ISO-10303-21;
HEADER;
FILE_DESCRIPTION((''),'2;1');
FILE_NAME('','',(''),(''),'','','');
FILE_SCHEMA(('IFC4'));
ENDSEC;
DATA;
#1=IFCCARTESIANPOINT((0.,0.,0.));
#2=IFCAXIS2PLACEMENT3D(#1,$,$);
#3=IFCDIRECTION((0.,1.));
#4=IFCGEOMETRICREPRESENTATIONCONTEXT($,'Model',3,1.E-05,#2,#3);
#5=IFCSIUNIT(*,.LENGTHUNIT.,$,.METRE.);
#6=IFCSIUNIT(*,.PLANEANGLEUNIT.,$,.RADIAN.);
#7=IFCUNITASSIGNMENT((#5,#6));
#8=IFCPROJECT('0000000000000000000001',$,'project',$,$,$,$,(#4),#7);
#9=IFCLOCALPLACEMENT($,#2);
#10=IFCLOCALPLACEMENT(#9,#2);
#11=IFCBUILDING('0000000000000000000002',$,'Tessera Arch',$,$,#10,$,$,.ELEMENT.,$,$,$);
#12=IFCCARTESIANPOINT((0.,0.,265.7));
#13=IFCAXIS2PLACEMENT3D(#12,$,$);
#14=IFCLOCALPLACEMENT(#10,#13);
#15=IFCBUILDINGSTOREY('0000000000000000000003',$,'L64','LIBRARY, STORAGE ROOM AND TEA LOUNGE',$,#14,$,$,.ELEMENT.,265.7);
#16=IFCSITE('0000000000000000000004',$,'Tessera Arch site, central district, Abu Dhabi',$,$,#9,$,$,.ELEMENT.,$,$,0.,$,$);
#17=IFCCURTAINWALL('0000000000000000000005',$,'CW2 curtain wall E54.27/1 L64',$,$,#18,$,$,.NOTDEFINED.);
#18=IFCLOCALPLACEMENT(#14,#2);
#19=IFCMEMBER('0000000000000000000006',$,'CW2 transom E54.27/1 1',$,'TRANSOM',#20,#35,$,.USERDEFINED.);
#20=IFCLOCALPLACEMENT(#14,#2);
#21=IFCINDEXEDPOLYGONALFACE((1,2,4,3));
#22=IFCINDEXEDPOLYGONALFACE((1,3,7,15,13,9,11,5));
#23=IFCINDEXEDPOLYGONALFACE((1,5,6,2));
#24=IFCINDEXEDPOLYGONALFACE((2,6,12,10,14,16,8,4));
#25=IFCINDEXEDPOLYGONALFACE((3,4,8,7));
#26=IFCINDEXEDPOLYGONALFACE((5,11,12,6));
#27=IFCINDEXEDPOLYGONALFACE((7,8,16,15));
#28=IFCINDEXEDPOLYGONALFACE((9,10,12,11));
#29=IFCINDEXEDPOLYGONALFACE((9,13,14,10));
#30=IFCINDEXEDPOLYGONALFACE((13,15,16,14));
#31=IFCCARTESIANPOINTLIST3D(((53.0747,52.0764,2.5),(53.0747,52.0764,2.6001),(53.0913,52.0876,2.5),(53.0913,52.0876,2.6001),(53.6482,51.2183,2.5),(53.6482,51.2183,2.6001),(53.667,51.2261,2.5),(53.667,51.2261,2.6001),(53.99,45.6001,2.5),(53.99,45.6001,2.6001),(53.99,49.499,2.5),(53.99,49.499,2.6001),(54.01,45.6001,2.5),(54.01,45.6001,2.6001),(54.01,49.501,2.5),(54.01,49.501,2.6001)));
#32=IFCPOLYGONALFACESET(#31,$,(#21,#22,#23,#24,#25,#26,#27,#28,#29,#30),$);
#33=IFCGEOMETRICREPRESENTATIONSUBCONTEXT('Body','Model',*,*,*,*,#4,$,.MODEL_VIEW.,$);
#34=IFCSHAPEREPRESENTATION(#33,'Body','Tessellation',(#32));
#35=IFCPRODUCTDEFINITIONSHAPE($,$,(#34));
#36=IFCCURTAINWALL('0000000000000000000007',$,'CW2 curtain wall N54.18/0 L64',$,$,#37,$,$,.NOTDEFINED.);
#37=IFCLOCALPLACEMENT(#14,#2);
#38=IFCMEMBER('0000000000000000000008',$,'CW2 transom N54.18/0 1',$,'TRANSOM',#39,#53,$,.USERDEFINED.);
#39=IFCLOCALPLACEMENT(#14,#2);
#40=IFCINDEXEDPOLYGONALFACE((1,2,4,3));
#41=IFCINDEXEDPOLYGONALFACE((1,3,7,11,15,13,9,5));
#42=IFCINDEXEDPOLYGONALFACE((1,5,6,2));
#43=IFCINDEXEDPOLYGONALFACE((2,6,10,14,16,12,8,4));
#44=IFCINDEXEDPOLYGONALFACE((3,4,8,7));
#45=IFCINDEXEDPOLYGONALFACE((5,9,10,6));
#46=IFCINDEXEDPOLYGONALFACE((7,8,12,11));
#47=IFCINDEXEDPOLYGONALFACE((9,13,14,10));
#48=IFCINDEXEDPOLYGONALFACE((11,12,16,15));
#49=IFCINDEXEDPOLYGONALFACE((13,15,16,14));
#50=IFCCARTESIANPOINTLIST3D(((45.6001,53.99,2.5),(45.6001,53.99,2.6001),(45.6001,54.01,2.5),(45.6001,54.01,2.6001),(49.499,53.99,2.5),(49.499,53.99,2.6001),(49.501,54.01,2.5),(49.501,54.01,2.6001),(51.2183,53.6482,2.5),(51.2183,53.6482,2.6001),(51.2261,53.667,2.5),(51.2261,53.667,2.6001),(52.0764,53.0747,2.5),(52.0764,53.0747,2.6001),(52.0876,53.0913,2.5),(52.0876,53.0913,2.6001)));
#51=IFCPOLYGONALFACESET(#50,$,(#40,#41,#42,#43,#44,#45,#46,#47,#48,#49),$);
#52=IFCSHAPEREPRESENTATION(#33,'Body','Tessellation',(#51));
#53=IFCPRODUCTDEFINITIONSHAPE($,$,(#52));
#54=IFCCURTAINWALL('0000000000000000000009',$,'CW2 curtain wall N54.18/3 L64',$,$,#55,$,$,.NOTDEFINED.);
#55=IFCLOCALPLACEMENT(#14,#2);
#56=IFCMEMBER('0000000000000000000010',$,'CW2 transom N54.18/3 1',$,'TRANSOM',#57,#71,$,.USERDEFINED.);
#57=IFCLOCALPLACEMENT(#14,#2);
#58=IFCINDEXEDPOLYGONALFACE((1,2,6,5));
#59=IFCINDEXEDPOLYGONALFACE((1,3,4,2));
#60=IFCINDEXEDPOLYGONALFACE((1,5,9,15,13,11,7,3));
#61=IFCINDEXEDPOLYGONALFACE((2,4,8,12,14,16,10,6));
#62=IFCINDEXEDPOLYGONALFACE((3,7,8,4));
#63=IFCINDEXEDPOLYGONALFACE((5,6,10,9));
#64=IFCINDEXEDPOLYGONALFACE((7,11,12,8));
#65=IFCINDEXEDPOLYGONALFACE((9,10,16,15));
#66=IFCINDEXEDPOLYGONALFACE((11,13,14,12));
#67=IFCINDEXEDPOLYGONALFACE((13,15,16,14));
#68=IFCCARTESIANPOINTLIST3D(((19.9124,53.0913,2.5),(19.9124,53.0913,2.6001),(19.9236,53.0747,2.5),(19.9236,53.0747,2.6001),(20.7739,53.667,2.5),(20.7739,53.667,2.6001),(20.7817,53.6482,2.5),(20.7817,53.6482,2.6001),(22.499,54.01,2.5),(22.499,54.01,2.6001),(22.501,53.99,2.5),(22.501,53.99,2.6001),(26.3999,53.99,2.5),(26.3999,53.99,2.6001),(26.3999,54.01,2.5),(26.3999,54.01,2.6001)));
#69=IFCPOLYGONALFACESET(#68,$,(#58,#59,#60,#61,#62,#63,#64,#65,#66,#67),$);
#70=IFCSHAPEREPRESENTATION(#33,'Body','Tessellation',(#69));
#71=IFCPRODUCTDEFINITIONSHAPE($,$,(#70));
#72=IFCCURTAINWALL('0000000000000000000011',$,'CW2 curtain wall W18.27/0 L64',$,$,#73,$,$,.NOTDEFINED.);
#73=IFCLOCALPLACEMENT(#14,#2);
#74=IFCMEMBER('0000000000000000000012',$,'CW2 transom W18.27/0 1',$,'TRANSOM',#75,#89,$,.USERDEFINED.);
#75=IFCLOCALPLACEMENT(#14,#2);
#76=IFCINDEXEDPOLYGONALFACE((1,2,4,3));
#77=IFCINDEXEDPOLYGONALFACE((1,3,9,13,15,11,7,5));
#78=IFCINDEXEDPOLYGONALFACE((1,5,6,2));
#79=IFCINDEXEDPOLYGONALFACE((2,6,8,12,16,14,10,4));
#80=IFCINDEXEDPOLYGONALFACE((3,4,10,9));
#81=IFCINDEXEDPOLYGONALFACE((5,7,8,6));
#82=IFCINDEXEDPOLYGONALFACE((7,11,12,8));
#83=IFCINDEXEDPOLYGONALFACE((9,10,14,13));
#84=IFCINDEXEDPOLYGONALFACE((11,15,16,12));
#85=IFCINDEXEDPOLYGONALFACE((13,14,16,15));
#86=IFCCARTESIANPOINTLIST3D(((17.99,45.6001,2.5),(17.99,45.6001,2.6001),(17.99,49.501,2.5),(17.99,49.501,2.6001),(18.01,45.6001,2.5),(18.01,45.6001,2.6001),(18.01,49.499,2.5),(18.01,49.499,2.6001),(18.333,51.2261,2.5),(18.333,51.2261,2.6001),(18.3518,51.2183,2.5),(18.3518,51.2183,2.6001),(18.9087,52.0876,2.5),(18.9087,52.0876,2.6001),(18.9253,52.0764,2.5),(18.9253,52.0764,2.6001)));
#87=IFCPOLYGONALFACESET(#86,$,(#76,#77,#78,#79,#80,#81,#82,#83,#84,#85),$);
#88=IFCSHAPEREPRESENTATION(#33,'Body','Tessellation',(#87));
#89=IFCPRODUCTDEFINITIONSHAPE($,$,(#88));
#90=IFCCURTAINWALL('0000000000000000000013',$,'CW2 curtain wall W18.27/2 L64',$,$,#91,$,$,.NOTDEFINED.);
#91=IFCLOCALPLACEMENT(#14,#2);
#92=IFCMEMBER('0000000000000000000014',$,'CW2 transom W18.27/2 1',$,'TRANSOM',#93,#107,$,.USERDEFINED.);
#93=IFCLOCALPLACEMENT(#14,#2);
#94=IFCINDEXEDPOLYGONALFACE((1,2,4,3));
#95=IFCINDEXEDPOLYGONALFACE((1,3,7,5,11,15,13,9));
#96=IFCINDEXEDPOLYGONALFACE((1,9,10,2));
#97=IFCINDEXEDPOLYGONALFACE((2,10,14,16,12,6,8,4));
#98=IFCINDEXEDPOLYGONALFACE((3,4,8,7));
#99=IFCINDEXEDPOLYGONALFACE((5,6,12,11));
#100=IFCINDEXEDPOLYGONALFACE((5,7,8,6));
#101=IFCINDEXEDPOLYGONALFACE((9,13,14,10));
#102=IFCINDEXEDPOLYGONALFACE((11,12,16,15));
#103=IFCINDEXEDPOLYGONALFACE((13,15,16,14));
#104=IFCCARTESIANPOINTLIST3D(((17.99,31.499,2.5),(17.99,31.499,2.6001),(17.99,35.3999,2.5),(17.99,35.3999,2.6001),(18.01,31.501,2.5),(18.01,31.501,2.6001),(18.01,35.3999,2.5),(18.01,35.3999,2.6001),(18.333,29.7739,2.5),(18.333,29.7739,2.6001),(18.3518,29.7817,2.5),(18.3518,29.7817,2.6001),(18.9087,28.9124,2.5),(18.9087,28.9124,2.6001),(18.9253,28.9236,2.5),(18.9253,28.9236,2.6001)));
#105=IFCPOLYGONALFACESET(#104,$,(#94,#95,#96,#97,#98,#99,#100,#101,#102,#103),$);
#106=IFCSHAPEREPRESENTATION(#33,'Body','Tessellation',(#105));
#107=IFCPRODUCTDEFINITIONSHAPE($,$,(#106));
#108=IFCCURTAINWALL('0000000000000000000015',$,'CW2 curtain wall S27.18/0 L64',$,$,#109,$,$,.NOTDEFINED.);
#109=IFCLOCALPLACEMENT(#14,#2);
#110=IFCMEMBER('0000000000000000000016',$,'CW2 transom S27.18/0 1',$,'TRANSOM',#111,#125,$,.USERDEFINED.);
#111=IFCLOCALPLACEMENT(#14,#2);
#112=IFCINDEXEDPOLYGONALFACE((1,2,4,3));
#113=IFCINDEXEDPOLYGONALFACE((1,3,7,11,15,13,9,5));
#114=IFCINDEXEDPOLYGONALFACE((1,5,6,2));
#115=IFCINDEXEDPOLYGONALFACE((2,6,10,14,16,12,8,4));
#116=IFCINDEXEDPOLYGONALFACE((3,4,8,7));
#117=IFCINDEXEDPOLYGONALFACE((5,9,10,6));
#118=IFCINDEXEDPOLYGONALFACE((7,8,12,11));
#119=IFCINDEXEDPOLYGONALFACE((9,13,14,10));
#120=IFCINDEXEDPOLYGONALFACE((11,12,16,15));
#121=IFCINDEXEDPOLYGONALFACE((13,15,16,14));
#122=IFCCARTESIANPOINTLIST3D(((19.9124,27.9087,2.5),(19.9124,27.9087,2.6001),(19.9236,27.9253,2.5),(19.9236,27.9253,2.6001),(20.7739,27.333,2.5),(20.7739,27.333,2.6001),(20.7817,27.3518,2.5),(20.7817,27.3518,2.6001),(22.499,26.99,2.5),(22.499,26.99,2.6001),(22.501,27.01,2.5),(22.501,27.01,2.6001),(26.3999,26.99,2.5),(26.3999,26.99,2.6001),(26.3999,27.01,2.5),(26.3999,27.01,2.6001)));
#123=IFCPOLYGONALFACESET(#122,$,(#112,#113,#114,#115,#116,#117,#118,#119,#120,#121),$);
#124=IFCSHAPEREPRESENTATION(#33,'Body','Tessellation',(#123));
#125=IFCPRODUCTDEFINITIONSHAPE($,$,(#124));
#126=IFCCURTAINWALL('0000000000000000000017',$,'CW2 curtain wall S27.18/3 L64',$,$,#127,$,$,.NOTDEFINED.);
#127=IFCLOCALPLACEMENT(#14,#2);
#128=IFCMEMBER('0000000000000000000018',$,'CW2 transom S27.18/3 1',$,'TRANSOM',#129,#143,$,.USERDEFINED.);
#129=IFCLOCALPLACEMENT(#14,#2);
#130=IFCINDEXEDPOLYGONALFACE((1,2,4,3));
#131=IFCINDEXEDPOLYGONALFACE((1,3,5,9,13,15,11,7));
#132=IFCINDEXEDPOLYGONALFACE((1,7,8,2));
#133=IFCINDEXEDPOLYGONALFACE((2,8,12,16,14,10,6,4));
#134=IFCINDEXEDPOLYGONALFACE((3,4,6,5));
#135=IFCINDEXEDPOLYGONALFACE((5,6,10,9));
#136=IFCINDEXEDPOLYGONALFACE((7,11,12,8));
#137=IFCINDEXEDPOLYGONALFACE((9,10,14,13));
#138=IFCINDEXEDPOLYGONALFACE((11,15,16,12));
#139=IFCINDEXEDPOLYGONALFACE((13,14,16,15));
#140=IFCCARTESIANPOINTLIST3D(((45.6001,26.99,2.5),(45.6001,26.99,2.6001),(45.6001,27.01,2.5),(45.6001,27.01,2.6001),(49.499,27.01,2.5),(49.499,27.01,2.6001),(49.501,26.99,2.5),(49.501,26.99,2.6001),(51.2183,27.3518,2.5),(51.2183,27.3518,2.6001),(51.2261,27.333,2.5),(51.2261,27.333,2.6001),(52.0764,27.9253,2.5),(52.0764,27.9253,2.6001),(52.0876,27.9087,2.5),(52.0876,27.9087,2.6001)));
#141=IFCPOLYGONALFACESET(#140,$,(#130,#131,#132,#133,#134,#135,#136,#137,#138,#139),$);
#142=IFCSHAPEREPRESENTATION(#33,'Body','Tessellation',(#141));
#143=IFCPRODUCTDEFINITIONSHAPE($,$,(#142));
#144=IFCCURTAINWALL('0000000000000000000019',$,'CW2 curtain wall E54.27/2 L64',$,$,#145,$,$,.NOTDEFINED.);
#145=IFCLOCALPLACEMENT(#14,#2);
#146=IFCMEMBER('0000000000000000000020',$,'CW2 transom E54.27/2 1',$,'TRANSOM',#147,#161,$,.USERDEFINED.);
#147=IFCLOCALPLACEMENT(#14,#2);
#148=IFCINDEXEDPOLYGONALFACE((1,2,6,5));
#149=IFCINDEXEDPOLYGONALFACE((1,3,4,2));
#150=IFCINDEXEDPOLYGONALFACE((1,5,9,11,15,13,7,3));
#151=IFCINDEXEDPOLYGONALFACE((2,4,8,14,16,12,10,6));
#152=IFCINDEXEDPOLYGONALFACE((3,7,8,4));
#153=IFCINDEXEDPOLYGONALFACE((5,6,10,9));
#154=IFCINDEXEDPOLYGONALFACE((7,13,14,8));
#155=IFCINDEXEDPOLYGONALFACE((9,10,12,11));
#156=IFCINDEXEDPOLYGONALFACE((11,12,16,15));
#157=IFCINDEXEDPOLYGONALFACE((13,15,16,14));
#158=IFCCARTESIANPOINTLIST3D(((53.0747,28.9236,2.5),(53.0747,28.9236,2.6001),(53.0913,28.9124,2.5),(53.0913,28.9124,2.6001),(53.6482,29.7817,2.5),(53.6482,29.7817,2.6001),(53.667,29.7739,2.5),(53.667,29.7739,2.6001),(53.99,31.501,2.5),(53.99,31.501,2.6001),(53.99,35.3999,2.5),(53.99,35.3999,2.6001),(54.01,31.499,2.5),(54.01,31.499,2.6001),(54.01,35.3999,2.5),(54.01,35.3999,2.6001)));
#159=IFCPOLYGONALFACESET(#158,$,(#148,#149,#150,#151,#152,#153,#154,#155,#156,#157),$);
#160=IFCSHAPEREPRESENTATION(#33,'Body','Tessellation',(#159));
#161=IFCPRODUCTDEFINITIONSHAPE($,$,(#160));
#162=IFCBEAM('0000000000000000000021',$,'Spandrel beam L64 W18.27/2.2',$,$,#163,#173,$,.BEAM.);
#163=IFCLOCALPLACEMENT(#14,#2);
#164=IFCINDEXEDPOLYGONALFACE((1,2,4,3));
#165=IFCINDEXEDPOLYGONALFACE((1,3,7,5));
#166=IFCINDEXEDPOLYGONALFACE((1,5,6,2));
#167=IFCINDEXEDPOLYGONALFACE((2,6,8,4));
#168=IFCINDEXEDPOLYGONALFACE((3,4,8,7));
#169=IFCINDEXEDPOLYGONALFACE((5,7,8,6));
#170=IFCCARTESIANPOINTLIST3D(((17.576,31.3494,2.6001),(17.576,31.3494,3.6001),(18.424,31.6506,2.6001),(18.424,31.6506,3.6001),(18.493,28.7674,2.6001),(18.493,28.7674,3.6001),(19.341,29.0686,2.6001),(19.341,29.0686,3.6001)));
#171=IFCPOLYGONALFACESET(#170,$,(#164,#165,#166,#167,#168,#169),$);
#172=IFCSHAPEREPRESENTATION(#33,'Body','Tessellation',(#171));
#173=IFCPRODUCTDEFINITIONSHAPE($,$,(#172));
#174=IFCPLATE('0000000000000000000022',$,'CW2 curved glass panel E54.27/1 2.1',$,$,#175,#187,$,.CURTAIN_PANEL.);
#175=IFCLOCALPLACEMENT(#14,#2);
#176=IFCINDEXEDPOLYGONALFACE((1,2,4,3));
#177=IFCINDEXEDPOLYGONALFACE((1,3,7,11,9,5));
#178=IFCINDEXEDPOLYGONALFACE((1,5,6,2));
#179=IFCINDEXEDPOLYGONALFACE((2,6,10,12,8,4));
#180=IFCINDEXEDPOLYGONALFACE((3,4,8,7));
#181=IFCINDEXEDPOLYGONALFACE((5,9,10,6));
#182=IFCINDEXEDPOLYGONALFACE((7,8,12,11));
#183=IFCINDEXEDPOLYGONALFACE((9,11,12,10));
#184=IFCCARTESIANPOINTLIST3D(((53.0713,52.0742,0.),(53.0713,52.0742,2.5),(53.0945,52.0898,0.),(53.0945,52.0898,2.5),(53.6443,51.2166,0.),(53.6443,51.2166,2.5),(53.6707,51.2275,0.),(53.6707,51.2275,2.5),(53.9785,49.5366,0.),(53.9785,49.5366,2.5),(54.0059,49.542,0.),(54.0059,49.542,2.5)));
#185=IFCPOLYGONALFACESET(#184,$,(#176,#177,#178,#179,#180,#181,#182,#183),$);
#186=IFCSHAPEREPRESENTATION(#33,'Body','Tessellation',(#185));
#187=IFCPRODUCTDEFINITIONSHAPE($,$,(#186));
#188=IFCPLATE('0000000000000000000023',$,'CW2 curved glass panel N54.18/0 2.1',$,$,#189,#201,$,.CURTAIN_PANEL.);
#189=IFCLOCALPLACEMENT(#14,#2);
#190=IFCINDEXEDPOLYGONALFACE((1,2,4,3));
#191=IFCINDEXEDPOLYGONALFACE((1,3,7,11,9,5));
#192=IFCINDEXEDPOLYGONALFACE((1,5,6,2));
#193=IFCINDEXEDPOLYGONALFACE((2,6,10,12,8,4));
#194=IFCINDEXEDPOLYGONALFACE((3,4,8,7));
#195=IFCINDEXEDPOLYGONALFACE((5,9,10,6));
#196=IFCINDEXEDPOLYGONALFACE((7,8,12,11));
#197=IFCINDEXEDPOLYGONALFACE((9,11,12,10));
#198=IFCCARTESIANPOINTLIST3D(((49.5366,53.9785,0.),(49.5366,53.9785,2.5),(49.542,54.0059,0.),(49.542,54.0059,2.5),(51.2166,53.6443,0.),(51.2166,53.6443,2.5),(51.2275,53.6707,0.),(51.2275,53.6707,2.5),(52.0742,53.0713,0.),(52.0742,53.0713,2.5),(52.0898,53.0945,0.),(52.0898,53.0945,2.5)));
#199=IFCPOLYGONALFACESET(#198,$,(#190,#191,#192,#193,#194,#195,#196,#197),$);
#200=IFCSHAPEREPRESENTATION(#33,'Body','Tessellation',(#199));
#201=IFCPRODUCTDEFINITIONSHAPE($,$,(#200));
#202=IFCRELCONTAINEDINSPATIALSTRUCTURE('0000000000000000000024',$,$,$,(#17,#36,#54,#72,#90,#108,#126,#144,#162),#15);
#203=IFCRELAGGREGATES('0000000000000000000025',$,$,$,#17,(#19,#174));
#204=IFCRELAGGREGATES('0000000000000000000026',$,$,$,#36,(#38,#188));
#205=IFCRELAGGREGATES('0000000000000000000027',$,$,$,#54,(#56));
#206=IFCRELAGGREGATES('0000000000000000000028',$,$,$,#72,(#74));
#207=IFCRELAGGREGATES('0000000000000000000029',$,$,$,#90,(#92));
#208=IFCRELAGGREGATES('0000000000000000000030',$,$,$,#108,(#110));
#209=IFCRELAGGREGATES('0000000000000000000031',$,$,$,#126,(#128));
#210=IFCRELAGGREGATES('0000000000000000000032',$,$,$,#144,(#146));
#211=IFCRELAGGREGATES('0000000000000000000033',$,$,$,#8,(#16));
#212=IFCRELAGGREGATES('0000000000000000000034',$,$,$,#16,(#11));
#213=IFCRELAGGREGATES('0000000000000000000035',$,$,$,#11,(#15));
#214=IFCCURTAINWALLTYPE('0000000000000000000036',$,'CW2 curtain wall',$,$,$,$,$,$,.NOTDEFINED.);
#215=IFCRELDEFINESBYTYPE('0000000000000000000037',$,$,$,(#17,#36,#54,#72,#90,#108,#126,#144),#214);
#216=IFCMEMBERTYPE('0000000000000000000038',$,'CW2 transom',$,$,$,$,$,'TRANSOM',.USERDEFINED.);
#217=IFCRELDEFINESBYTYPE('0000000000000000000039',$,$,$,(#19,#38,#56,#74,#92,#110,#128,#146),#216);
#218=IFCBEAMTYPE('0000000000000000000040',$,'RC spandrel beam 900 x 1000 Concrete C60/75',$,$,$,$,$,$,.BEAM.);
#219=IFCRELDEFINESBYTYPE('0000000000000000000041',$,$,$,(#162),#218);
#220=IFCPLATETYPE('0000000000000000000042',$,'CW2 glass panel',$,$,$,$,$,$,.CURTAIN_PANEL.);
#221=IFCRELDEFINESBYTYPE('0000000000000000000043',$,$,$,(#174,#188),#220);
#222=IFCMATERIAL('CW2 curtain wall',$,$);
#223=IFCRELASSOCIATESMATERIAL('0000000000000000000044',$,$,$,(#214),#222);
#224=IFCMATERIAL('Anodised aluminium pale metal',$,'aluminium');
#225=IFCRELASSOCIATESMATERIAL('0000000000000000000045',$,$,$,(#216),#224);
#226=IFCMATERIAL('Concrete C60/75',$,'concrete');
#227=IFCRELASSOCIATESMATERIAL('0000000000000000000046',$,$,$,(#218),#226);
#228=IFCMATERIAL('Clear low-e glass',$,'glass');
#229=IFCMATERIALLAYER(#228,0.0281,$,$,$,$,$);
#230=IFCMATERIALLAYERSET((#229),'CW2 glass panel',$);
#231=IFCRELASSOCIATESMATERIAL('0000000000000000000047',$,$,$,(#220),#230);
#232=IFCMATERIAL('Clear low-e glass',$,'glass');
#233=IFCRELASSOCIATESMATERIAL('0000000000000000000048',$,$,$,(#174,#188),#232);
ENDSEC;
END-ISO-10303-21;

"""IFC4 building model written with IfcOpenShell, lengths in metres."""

from ifc_helpers import new_model, si_unit, direction, frame, origin, origin_2d, place, context, subcontext, project, spatial, polyline, rectangle, outline, extrude, material, layer, layer_set, material_profile, profile_set, type_object, element, aggregate, save


model = new_model("IFC4")

# Units and contexts
model_context = context("Model", 3, precision=1e-05, world=origin(), true_north=direction((0.0, 1.0)))
body_context = subcontext(model_context, "Body", "Model", "MODEL_VIEW")
ifc_project = project(units=[si_unit("LENGTHUNIT", "METRE"), si_unit("PLANEANGLEUNIT", "RADIAN")], contexts=[model_context])

# Site, building, storey
site_placement = place(None, origin())
site = spatial("IfcSite", under=ifc_project, at=site_placement, Name="Tessera Arch site, central district, Abu Dhabi", CompositionType="ELEMENT", RefElevation=0.0)
building_placement = place(site_placement, origin())
building = spatial("IfcBuilding", under=site, at=building_placement, Name="Tessera Arch", CompositionType="ELEMENT")
storey_placement = place(building_placement, frame((0.0, 0.0, 265.7)))
storey = spatial("IfcBuildingStorey", under=building, at=storey_placement, Name="L64", Description="LIBRARY, STORAGE ROOM AND TEA LOUNGE", CompositionType="ELEMENT", Elevation=265.7)

# Curtain walls, members
ifc_material_1 = material(Name="CW2 curtain wall")
curtain_wall_type = type_object("IfcCurtainWallType", Name="CW2 curtain wall", PredefinedType="NOTDEFINED", material=ifc_material_1)
curtain_wall_1_placement = place(storey_placement, origin())
curtain_wall_1 = element("IfcCurtainWall", 1, at=curtain_wall_1_placement, inside=storey, type_object=curtain_wall_type, Name="CW2 curtain wall E54.27/1 L64", PredefinedType="NOTDEFINED")
ifc_material_2 = material(Name="Anodised aluminium pale metal", Category="aluminium")
ifc_material_profile_1 = material_profile(ifc_material_2, rectangle(XDim=0.2, YDim=0.1001, at=origin_2d()), Name="AL 200x100")
ifc_profile_set_1 = profile_set([ifc_material_profile_1], Name="Anodised aluminium pale metal")
member_type = type_object("IfcMemberType", Name="CW2 transom", ElementType="TRANSOM", PredefinedType="USERDEFINED", material=ifc_profile_set_1)
member_1_placement = place(storey_placement, frame((0.0, 0.0, 2.5)))
member_1 = element("IfcMember", 2, at=member_1_placement, type_object=member_type, Name="CW2 transom E54.27/1 1", ObjectType="TRANSOM", PredefinedType="USERDEFINED", context=body_context, shape_type="SweptSolid", body=[
    extrude(outline(polyline([(53.99, 49.499), (53.99, 45.6001), (54.01, 45.6001), (54.01, 49.501), (53.667, 51.2261), (53.0913, 52.0876), (53.0747, 52.0764), (53.6482, 51.2183), (53.99, 49.499)])), origin(), (0.0, 0.0, 1.0), 0.1001),
])
curtain_wall_2_placement = place(storey_placement, origin())
curtain_wall_2 = element("IfcCurtainWall", 3, at=curtain_wall_2_placement, inside=storey, type_object=curtain_wall_type, Name="CW2 curtain wall N54.18/0 L64", PredefinedType="NOTDEFINED")
member_2_placement = place(storey_placement, frame((0.0, 0.0, 2.5)))
member_2 = element("IfcMember", 4, at=member_2_placement, type_object=member_type, Name="CW2 transom N54.18/0 1", ObjectType="TRANSOM", PredefinedType="USERDEFINED", context=body_context, shape_type="SweptSolid", body=[
    extrude(outline(polyline([(51.2183, 53.6482), (52.0764, 53.0747), (52.0876, 53.0913), (51.2261, 53.667), (49.501, 54.01), (45.6001, 54.01), (45.6001, 53.99), (49.499, 53.99), (51.2183, 53.6482)])), origin(), (0.0, 0.0, 1.0), 0.1001),
])
curtain_wall_3_placement = place(storey_placement, origin())
curtain_wall_3 = element("IfcCurtainWall", 5, at=curtain_wall_3_placement, inside=storey, type_object=curtain_wall_type, Name="CW2 curtain wall N54.18/3 L64", PredefinedType="NOTDEFINED")
member_3_placement = place(storey_placement, frame((0.0, 0.0, 2.5)))
member_3 = element("IfcMember", 6, at=member_3_placement, type_object=member_type, Name="CW2 transom N54.18/3 1", ObjectType="TRANSOM", PredefinedType="USERDEFINED", context=body_context, shape_type="SweptSolid", body=[
    extrude(outline(polyline([(22.501, 53.99), (26.3999, 53.99), (26.3999, 54.01), (22.499, 54.01), (20.7739, 53.667), (19.9124, 53.0913), (19.9236, 53.0747), (20.7817, 53.6482), (22.501, 53.99)])), origin(), (0.0, 0.0, 1.0), 0.1001),
])
curtain_wall_4_placement = place(storey_placement, origin())
curtain_wall_4 = element("IfcCurtainWall", 7, at=curtain_wall_4_placement, inside=storey, type_object=curtain_wall_type, Name="CW2 curtain wall W18.27/0 L64", PredefinedType="NOTDEFINED")
member_4_placement = place(storey_placement, frame((0.0, 0.0, 2.5)))
member_4 = element("IfcMember", 8, at=member_4_placement, type_object=member_type, Name="CW2 transom W18.27/0 1", ObjectType="TRANSOM", PredefinedType="USERDEFINED", context=body_context, shape_type="SweptSolid", body=[
    extrude(outline(polyline([(18.3518, 51.2183), (18.9253, 52.0764), (18.9087, 52.0876), (18.333, 51.2261), (17.99, 49.501), (17.99, 45.6001), (18.01, 45.6001), (18.01, 49.499), (18.3518, 51.2183)])), origin(), (0.0, 0.0, 1.0), 0.1001),
])
curtain_wall_5_placement = place(storey_placement, origin())
curtain_wall_5 = element("IfcCurtainWall", 9, at=curtain_wall_5_placement, inside=storey, type_object=curtain_wall_type, Name="CW2 curtain wall W18.27/2 L64", PredefinedType="NOTDEFINED")
member_5_placement = place(storey_placement, frame((0.0, 0.0, 2.5)))
member_5 = element("IfcMember", 10, at=member_5_placement, type_object=member_type, Name="CW2 transom W18.27/2 1", ObjectType="TRANSOM", PredefinedType="USERDEFINED", context=body_context, shape_type="SweptSolid", body=[
    extrude(outline(polyline([(18.01, 31.501), (18.01, 35.3999), (17.99, 35.3999), (17.99, 31.499), (18.333, 29.7739), (18.9087, 28.9124), (18.9253, 28.9236), (18.3518, 29.7817), (18.01, 31.501)])), origin(), (0.0, 0.0, 1.0), 0.1001),
])
curtain_wall_6_placement = place(storey_placement, origin())
curtain_wall_6 = element("IfcCurtainWall", 11, at=curtain_wall_6_placement, inside=storey, type_object=curtain_wall_type, Name="CW2 curtain wall S27.18/0 L64", PredefinedType="NOTDEFINED")
member_6_placement = place(storey_placement, frame((0.0, 0.0, 2.5)))
member_6 = element("IfcMember", 12, at=member_6_placement, type_object=member_type, Name="CW2 transom S27.18/0 1", ObjectType="TRANSOM", PredefinedType="USERDEFINED", context=body_context, shape_type="SweptSolid", body=[
    extrude(outline(polyline([(20.7817, 27.3518), (19.9236, 27.9253), (19.9124, 27.9087), (20.7739, 27.333), (22.499, 26.99), (26.3999, 26.99), (26.3999, 27.01), (22.501, 27.01), (20.7817, 27.3518)])), origin(), (0.0, 0.0, 1.0), 0.1001),
])
curtain_wall_7_placement = place(storey_placement, origin())
curtain_wall_7 = element("IfcCurtainWall", 13, at=curtain_wall_7_placement, inside=storey, type_object=curtain_wall_type, Name="CW2 curtain wall S27.18/3 L64", PredefinedType="NOTDEFINED")
member_7_placement = place(storey_placement, frame((0.0, 0.0, 2.5)))
member_7 = element("IfcMember", 14, at=member_7_placement, type_object=member_type, Name="CW2 transom S27.18/3 1", ObjectType="TRANSOM", PredefinedType="USERDEFINED", context=body_context, shape_type="SweptSolid", body=[
    extrude(outline(polyline([(49.499, 27.01), (45.6001, 27.01), (45.6001, 26.99), (49.501, 26.99), (51.2261, 27.333), (52.0876, 27.9087), (52.0764, 27.9253), (51.2183, 27.3518), (49.499, 27.01)])), origin(), (0.0, 0.0, 1.0), 0.1001),
])
curtain_wall_8_placement = place(storey_placement, origin())
curtain_wall_8 = element("IfcCurtainWall", 15, at=curtain_wall_8_placement, inside=storey, type_object=curtain_wall_type, Name="CW2 curtain wall E54.27/2 L64", PredefinedType="NOTDEFINED")
member_8_placement = place(storey_placement, frame((0.0, 0.0, 2.5)))
member_8 = element("IfcMember", 16, at=member_8_placement, type_object=member_type, Name="CW2 transom E54.27/2 1", ObjectType="TRANSOM", PredefinedType="USERDEFINED", context=body_context, shape_type="SweptSolid", body=[
    extrude(outline(polyline([(53.6482, 29.7817), (53.0747, 28.9236), (53.0913, 28.9124), (53.667, 29.7739), (54.01, 31.499), (54.01, 35.3999), (53.99, 35.3999), (53.99, 31.501), (53.6482, 29.7817)])), origin(), (0.0, 0.0, 1.0), 0.1001),
])

# Beam
ifc_material_3 = material(Name="Concrete C60/75", Category="concrete")
ifc_material_profile_2 = material_profile(ifc_material_3, rectangle(XDim=0.8999, YDim=1.0, at=origin_2d()), Name="RC spandrel beam 900 x 1000 Concrete C60/75")
ifc_profile_set_2 = profile_set([ifc_material_profile_2], Name="Concrete C60/75")
beam_type = type_object("IfcBeamType", Name="RC spandrel beam 900 x 1000 Concrete C60/75", PredefinedType="BEAM", material=ifc_profile_set_2)
beam_placement = place(storey_placement, frame((18.0, 31.5, 3.1001), z_axis=(0.334665, -0.942337, 0.0), x_axis=(0.942337, 0.334665, 0.0)))
element("IfcBeam", 17, at=beam_placement, inside=storey, type_object=beam_type, Name="Spandrel beam L64 W18.27/2.2", PredefinedType="BEAM", context=body_context, shape_type="SweptSolid", body=[
    extrude(rectangle(XDim=0.8999, YDim=1.0, at=origin_2d()), origin(), (0.0, 0.0, 1.0), 2.74),
])

# Plates
ifc_material_4 = material(Name="Clear low-e glass", Category="glass")
ifc_material_5 = material(Name="Clear low-e glass", Category="glass")
ifc_layer_1 = layer(ifc_material_5, 0.0281)
ifc_layer_set_1 = layer_set([ifc_layer_1], Name="CW2 glass panel")
plate_type_1 = type_object("IfcPlateType", Name="CW2 glass panel", PredefinedType="CURTAIN_PANEL", material=ifc_layer_set_1)
plate_1_placement = place(storey_placement, origin())
plate_1 = element("IfcPlate", 18, at=plate_1_placement, type_object=plate_type_1, material=ifc_material_4, Name="CW2 curved glass panel E54.27/1 2.1", PredefinedType="CURTAIN_PANEL", context=body_context, shape_type="SweptSolid", body=[
    extrude(outline(polyline([(53.6443, 51.2166), (53.9785, 49.5366), (54.0059, 49.542), (53.6707, 51.2275), (53.0945, 52.0898), (53.0713, 52.0742), (53.6443, 51.2166)])), origin(), (0.0, 0.0, 1.0), 2.5),
])
plate_2_placement = place(storey_placement, origin())
plate_2 = element("IfcPlate", 19, at=plate_2_placement, type_object=plate_type_1, material=ifc_material_4, Name="CW2 curved glass panel N54.18/0 2.1", PredefinedType="CURTAIN_PANEL", context=body_context, shape_type="SweptSolid", body=[
    extrude(outline(polyline([(51.2166, 53.6443), (52.0742, 53.0713), (52.0898, 53.0945), (51.2275, 53.6707), (49.542, 54.0059), (49.5366, 53.9785), (51.2166, 53.6443)])), origin(), (0.0, 0.0, 1.0), 2.5),
])
aggregate(curtain_wall_1, [member_1, plate_1])
aggregate(curtain_wall_2, [member_2, plate_2])
aggregate(curtain_wall_3, [member_3])
aggregate(curtain_wall_4, [member_4])
aggregate(curtain_wall_5, [member_5])
aggregate(curtain_wall_6, [member_6])
aggregate(curtain_wall_7, [member_7])
aggregate(curtain_wall_8, [member_8])

save(model, "model.ifc")
